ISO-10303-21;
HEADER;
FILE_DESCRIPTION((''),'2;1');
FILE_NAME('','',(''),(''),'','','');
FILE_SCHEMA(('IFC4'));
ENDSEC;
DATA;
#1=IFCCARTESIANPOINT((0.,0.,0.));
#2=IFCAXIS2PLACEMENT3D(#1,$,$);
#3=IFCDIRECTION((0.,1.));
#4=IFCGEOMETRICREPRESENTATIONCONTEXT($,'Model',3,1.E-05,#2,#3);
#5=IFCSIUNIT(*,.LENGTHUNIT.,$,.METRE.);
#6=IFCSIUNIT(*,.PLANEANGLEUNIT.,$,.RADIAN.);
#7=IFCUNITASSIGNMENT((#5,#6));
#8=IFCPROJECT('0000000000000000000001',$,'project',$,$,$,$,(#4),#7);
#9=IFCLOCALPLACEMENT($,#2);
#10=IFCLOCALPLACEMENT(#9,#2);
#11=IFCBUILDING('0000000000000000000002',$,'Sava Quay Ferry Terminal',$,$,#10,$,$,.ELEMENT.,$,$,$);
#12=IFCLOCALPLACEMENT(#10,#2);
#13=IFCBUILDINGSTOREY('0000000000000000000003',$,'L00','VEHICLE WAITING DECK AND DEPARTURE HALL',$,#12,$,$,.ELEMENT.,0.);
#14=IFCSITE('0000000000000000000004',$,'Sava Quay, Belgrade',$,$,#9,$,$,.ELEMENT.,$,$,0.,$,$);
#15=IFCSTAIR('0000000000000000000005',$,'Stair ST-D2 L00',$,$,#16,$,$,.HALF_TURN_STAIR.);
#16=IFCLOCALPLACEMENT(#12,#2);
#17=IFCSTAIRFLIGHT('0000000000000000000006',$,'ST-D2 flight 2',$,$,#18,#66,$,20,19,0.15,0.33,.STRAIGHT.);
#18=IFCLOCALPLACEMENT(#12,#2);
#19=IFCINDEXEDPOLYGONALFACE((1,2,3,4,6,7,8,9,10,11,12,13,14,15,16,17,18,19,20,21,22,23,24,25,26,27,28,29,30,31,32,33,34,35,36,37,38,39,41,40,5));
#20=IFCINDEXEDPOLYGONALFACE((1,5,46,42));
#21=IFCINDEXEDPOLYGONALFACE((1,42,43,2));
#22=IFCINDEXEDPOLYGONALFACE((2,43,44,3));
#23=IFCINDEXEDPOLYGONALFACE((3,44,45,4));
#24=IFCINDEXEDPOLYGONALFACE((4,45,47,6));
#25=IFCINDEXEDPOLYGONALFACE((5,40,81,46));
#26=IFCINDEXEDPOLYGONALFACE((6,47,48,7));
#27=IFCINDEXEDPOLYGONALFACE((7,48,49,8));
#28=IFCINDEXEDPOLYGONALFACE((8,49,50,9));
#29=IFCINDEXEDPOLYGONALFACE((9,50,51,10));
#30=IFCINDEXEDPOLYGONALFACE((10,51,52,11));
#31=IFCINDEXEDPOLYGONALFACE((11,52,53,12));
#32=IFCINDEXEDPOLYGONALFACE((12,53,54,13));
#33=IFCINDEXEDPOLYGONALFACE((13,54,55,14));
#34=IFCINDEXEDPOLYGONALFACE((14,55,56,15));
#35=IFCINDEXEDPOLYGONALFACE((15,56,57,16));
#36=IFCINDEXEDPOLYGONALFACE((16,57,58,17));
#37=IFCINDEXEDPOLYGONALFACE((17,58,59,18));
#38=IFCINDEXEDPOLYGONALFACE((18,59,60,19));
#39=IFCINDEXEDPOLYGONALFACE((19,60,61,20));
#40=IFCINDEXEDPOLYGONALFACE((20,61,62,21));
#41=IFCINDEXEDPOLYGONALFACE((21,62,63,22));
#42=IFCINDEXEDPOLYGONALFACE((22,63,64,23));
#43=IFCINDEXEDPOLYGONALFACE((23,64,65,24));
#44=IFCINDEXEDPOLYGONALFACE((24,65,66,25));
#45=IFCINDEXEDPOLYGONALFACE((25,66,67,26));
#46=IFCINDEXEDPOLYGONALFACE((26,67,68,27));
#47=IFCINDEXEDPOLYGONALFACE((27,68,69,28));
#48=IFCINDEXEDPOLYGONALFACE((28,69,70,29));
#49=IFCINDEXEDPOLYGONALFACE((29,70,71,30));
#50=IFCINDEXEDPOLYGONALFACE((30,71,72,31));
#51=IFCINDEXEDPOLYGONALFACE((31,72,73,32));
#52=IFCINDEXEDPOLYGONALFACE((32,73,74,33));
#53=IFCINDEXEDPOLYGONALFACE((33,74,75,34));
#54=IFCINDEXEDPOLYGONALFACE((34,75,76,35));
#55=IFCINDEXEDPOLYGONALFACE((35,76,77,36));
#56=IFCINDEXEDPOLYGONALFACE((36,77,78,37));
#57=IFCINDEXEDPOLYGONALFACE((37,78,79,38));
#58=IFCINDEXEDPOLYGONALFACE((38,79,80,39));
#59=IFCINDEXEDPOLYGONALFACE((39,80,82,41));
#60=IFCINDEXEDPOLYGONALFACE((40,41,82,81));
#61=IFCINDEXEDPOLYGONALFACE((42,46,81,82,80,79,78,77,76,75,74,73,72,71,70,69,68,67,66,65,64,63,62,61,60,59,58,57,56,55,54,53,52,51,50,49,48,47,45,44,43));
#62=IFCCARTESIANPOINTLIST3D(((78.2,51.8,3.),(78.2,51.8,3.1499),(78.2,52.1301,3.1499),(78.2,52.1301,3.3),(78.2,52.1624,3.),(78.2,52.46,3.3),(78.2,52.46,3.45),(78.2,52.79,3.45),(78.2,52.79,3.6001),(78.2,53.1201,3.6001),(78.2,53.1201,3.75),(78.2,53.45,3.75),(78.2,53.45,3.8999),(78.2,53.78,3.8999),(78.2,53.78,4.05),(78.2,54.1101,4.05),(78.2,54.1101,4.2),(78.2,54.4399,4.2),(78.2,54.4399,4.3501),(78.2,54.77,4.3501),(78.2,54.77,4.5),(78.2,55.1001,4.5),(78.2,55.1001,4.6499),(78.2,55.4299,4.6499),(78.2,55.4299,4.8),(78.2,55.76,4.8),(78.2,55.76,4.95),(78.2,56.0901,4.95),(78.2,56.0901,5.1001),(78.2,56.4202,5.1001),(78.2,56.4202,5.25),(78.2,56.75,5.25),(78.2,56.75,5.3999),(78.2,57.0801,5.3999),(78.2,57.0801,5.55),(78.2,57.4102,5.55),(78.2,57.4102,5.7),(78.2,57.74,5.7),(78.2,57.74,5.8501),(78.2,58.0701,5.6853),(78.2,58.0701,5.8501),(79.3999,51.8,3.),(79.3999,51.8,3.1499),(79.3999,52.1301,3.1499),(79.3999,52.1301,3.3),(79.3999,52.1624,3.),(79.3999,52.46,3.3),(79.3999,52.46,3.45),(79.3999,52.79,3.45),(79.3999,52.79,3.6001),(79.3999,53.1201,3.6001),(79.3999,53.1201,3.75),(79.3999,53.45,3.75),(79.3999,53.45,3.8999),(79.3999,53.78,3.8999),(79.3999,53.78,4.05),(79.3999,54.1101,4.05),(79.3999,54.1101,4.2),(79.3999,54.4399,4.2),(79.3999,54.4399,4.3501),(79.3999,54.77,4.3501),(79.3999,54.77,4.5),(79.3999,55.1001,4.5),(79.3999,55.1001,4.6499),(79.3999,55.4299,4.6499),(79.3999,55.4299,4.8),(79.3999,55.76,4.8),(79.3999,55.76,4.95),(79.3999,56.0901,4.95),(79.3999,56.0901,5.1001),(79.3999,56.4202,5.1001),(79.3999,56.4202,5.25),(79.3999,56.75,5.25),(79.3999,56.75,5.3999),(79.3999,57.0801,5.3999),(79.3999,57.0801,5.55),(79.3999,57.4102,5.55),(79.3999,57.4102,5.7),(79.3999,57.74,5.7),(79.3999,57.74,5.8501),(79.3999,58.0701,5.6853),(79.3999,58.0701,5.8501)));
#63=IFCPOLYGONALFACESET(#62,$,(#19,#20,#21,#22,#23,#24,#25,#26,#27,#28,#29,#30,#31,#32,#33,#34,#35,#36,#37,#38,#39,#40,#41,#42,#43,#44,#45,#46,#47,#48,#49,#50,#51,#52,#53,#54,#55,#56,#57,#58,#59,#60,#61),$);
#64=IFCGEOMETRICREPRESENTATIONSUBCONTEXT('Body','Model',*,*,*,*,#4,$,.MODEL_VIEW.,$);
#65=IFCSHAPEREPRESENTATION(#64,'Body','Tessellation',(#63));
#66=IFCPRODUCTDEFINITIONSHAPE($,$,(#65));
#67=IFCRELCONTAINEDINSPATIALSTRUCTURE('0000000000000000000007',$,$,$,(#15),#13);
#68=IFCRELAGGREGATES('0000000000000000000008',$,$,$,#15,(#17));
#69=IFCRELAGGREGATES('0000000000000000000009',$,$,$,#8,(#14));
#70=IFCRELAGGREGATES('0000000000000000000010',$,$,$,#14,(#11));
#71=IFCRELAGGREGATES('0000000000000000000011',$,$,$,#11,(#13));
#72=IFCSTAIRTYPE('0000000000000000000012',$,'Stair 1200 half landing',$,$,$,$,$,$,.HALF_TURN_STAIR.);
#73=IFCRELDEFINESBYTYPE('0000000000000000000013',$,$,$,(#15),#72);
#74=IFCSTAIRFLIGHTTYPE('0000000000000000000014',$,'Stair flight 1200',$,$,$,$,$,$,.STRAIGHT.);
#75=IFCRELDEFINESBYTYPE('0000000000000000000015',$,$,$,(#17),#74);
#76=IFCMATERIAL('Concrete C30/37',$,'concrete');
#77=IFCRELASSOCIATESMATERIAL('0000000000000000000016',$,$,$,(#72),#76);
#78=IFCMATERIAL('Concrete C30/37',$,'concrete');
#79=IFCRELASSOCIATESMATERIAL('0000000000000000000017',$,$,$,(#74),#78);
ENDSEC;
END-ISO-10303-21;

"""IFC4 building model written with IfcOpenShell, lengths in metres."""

from ifc_helpers import new_model, si_unit, direction, frame, origin, place, context, subcontext, project, spatial, polyline, outline, extrude, material, type_object, element, aggregate, save


model = new_model("IFC4")

# Units and contexts
model_context = context("Model", 3, precision=1e-05, world=origin(), true_north=direction((0.0, 1.0)))
body_context = subcontext(model_context, "Body", "Model", "MODEL_VIEW")
ifc_project = project(units=[si_unit("LENGTHUNIT", "METRE"), si_unit("PLANEANGLEUNIT", "RADIAN")], contexts=[model_context])

# Site, building, storey
site_placement = place(None, origin())
site = spatial("IfcSite", under=ifc_project, at=site_placement, Name="Sava Quay, Belgrade", CompositionType="ELEMENT", RefElevation=0.0)
building_placement = place(site_placement, origin())
building = spatial("IfcBuilding", under=site, at=building_placement, Name="Sava Quay Ferry Terminal", CompositionType="ELEMENT")
storey_placement = place(building_placement, origin())
storey = spatial("IfcBuildingStorey", under=building, at=storey_placement, Name="L00", Description="VEHICLE WAITING DECK AND DEPARTURE HALL", CompositionType="ELEMENT", Elevation=0.0)

# Stair, stair flight
ifc_material_1 = material(Name="Concrete C30/37", Category="concrete")
stair_type = type_object("IfcStairType", Name="Stair 1200 half landing", PredefinedType="HALF_TURN_STAIR", material=ifc_material_1)
stair_placement = place(storey_placement, origin())
stair = element("IfcStair", 1, at=stair_placement, inside=storey, type_object=stair_type, Name="Stair ST-D2 L00", PredefinedType="HALF_TURN_STAIR")
ifc_material_2 = material(Name="Concrete C30/37", Category="concrete")
stair_flight_type = type_object("IfcStairFlightType", Name="Stair flight 1200", PredefinedType="STRAIGHT", material=ifc_material_2)
stair_flight_1_placement = place(storey_placement, frame((78.8, 51.8, 3.0), z_axis=(0.0, 0.0, 1.0), x_axis=(0.0, 1.0, 0.0)))
stair_flight_1 = element("IfcStairFlight", 2, at=stair_flight_1_placement, type_object=stair_flight_type, Name="ST-D2 flight 2", NumberOfRisers=20, NumberOfTreads=19, PredefinedType="STRAIGHT", RiserHeight=0.15, TreadLength=0.33, context=body_context, shape_type="SweptSolid", body=[
    extrude(outline(polyline([(0.0, 0.0), (0.0, 0.1499), (0.3301, 0.1499), (0.3301, 0.3), (0.6599, 0.3), (0.6599, 0.45), (0.99, 0.45), (0.99, 0.6001), (1.3201, 0.6001), (1.3201, 0.75), (1.6499, 0.75), (1.6499, 0.8999), (1.98, 0.8999), (1.98, 1.05), (2.3101, 1.05), (2.3101, 1.2), (2.6399, 1.2), (2.6399, 1.3501), (2.97, 1.3501), (2.97, 1.5), (3.3, 1.5), (3.3, 1.6499), (3.6299, 1.6499), (3.6299, 1.8), (3.96, 1.8), (3.96, 1.95), (4.29, 1.95), (4.29, 2.1001), (4.6201, 2.1001), (4.6201, 2.25), (4.95, 2.25), (4.95, 2.3999), (5.28, 2.3999), (5.28, 2.55), (5.6101, 2.55), (5.6101, 2.7), (5.9399, 2.7), (5.9399, 2.8501), (6.27, 2.8501), (6.27, 3.0), (6.27, 2.6853), (0.3623, 0.0), (0.0, 0.0)])), frame((0.0, 0.6001, 0.0), z_axis=(0.0, -1.0, 0.0), x_axis=(1.0, 0.0, 0.0)), (0.0, 0.0, 1.0), 1.2),
])
aggregate(stair, [stair_flight_1])

save(model, "model.ifc")
